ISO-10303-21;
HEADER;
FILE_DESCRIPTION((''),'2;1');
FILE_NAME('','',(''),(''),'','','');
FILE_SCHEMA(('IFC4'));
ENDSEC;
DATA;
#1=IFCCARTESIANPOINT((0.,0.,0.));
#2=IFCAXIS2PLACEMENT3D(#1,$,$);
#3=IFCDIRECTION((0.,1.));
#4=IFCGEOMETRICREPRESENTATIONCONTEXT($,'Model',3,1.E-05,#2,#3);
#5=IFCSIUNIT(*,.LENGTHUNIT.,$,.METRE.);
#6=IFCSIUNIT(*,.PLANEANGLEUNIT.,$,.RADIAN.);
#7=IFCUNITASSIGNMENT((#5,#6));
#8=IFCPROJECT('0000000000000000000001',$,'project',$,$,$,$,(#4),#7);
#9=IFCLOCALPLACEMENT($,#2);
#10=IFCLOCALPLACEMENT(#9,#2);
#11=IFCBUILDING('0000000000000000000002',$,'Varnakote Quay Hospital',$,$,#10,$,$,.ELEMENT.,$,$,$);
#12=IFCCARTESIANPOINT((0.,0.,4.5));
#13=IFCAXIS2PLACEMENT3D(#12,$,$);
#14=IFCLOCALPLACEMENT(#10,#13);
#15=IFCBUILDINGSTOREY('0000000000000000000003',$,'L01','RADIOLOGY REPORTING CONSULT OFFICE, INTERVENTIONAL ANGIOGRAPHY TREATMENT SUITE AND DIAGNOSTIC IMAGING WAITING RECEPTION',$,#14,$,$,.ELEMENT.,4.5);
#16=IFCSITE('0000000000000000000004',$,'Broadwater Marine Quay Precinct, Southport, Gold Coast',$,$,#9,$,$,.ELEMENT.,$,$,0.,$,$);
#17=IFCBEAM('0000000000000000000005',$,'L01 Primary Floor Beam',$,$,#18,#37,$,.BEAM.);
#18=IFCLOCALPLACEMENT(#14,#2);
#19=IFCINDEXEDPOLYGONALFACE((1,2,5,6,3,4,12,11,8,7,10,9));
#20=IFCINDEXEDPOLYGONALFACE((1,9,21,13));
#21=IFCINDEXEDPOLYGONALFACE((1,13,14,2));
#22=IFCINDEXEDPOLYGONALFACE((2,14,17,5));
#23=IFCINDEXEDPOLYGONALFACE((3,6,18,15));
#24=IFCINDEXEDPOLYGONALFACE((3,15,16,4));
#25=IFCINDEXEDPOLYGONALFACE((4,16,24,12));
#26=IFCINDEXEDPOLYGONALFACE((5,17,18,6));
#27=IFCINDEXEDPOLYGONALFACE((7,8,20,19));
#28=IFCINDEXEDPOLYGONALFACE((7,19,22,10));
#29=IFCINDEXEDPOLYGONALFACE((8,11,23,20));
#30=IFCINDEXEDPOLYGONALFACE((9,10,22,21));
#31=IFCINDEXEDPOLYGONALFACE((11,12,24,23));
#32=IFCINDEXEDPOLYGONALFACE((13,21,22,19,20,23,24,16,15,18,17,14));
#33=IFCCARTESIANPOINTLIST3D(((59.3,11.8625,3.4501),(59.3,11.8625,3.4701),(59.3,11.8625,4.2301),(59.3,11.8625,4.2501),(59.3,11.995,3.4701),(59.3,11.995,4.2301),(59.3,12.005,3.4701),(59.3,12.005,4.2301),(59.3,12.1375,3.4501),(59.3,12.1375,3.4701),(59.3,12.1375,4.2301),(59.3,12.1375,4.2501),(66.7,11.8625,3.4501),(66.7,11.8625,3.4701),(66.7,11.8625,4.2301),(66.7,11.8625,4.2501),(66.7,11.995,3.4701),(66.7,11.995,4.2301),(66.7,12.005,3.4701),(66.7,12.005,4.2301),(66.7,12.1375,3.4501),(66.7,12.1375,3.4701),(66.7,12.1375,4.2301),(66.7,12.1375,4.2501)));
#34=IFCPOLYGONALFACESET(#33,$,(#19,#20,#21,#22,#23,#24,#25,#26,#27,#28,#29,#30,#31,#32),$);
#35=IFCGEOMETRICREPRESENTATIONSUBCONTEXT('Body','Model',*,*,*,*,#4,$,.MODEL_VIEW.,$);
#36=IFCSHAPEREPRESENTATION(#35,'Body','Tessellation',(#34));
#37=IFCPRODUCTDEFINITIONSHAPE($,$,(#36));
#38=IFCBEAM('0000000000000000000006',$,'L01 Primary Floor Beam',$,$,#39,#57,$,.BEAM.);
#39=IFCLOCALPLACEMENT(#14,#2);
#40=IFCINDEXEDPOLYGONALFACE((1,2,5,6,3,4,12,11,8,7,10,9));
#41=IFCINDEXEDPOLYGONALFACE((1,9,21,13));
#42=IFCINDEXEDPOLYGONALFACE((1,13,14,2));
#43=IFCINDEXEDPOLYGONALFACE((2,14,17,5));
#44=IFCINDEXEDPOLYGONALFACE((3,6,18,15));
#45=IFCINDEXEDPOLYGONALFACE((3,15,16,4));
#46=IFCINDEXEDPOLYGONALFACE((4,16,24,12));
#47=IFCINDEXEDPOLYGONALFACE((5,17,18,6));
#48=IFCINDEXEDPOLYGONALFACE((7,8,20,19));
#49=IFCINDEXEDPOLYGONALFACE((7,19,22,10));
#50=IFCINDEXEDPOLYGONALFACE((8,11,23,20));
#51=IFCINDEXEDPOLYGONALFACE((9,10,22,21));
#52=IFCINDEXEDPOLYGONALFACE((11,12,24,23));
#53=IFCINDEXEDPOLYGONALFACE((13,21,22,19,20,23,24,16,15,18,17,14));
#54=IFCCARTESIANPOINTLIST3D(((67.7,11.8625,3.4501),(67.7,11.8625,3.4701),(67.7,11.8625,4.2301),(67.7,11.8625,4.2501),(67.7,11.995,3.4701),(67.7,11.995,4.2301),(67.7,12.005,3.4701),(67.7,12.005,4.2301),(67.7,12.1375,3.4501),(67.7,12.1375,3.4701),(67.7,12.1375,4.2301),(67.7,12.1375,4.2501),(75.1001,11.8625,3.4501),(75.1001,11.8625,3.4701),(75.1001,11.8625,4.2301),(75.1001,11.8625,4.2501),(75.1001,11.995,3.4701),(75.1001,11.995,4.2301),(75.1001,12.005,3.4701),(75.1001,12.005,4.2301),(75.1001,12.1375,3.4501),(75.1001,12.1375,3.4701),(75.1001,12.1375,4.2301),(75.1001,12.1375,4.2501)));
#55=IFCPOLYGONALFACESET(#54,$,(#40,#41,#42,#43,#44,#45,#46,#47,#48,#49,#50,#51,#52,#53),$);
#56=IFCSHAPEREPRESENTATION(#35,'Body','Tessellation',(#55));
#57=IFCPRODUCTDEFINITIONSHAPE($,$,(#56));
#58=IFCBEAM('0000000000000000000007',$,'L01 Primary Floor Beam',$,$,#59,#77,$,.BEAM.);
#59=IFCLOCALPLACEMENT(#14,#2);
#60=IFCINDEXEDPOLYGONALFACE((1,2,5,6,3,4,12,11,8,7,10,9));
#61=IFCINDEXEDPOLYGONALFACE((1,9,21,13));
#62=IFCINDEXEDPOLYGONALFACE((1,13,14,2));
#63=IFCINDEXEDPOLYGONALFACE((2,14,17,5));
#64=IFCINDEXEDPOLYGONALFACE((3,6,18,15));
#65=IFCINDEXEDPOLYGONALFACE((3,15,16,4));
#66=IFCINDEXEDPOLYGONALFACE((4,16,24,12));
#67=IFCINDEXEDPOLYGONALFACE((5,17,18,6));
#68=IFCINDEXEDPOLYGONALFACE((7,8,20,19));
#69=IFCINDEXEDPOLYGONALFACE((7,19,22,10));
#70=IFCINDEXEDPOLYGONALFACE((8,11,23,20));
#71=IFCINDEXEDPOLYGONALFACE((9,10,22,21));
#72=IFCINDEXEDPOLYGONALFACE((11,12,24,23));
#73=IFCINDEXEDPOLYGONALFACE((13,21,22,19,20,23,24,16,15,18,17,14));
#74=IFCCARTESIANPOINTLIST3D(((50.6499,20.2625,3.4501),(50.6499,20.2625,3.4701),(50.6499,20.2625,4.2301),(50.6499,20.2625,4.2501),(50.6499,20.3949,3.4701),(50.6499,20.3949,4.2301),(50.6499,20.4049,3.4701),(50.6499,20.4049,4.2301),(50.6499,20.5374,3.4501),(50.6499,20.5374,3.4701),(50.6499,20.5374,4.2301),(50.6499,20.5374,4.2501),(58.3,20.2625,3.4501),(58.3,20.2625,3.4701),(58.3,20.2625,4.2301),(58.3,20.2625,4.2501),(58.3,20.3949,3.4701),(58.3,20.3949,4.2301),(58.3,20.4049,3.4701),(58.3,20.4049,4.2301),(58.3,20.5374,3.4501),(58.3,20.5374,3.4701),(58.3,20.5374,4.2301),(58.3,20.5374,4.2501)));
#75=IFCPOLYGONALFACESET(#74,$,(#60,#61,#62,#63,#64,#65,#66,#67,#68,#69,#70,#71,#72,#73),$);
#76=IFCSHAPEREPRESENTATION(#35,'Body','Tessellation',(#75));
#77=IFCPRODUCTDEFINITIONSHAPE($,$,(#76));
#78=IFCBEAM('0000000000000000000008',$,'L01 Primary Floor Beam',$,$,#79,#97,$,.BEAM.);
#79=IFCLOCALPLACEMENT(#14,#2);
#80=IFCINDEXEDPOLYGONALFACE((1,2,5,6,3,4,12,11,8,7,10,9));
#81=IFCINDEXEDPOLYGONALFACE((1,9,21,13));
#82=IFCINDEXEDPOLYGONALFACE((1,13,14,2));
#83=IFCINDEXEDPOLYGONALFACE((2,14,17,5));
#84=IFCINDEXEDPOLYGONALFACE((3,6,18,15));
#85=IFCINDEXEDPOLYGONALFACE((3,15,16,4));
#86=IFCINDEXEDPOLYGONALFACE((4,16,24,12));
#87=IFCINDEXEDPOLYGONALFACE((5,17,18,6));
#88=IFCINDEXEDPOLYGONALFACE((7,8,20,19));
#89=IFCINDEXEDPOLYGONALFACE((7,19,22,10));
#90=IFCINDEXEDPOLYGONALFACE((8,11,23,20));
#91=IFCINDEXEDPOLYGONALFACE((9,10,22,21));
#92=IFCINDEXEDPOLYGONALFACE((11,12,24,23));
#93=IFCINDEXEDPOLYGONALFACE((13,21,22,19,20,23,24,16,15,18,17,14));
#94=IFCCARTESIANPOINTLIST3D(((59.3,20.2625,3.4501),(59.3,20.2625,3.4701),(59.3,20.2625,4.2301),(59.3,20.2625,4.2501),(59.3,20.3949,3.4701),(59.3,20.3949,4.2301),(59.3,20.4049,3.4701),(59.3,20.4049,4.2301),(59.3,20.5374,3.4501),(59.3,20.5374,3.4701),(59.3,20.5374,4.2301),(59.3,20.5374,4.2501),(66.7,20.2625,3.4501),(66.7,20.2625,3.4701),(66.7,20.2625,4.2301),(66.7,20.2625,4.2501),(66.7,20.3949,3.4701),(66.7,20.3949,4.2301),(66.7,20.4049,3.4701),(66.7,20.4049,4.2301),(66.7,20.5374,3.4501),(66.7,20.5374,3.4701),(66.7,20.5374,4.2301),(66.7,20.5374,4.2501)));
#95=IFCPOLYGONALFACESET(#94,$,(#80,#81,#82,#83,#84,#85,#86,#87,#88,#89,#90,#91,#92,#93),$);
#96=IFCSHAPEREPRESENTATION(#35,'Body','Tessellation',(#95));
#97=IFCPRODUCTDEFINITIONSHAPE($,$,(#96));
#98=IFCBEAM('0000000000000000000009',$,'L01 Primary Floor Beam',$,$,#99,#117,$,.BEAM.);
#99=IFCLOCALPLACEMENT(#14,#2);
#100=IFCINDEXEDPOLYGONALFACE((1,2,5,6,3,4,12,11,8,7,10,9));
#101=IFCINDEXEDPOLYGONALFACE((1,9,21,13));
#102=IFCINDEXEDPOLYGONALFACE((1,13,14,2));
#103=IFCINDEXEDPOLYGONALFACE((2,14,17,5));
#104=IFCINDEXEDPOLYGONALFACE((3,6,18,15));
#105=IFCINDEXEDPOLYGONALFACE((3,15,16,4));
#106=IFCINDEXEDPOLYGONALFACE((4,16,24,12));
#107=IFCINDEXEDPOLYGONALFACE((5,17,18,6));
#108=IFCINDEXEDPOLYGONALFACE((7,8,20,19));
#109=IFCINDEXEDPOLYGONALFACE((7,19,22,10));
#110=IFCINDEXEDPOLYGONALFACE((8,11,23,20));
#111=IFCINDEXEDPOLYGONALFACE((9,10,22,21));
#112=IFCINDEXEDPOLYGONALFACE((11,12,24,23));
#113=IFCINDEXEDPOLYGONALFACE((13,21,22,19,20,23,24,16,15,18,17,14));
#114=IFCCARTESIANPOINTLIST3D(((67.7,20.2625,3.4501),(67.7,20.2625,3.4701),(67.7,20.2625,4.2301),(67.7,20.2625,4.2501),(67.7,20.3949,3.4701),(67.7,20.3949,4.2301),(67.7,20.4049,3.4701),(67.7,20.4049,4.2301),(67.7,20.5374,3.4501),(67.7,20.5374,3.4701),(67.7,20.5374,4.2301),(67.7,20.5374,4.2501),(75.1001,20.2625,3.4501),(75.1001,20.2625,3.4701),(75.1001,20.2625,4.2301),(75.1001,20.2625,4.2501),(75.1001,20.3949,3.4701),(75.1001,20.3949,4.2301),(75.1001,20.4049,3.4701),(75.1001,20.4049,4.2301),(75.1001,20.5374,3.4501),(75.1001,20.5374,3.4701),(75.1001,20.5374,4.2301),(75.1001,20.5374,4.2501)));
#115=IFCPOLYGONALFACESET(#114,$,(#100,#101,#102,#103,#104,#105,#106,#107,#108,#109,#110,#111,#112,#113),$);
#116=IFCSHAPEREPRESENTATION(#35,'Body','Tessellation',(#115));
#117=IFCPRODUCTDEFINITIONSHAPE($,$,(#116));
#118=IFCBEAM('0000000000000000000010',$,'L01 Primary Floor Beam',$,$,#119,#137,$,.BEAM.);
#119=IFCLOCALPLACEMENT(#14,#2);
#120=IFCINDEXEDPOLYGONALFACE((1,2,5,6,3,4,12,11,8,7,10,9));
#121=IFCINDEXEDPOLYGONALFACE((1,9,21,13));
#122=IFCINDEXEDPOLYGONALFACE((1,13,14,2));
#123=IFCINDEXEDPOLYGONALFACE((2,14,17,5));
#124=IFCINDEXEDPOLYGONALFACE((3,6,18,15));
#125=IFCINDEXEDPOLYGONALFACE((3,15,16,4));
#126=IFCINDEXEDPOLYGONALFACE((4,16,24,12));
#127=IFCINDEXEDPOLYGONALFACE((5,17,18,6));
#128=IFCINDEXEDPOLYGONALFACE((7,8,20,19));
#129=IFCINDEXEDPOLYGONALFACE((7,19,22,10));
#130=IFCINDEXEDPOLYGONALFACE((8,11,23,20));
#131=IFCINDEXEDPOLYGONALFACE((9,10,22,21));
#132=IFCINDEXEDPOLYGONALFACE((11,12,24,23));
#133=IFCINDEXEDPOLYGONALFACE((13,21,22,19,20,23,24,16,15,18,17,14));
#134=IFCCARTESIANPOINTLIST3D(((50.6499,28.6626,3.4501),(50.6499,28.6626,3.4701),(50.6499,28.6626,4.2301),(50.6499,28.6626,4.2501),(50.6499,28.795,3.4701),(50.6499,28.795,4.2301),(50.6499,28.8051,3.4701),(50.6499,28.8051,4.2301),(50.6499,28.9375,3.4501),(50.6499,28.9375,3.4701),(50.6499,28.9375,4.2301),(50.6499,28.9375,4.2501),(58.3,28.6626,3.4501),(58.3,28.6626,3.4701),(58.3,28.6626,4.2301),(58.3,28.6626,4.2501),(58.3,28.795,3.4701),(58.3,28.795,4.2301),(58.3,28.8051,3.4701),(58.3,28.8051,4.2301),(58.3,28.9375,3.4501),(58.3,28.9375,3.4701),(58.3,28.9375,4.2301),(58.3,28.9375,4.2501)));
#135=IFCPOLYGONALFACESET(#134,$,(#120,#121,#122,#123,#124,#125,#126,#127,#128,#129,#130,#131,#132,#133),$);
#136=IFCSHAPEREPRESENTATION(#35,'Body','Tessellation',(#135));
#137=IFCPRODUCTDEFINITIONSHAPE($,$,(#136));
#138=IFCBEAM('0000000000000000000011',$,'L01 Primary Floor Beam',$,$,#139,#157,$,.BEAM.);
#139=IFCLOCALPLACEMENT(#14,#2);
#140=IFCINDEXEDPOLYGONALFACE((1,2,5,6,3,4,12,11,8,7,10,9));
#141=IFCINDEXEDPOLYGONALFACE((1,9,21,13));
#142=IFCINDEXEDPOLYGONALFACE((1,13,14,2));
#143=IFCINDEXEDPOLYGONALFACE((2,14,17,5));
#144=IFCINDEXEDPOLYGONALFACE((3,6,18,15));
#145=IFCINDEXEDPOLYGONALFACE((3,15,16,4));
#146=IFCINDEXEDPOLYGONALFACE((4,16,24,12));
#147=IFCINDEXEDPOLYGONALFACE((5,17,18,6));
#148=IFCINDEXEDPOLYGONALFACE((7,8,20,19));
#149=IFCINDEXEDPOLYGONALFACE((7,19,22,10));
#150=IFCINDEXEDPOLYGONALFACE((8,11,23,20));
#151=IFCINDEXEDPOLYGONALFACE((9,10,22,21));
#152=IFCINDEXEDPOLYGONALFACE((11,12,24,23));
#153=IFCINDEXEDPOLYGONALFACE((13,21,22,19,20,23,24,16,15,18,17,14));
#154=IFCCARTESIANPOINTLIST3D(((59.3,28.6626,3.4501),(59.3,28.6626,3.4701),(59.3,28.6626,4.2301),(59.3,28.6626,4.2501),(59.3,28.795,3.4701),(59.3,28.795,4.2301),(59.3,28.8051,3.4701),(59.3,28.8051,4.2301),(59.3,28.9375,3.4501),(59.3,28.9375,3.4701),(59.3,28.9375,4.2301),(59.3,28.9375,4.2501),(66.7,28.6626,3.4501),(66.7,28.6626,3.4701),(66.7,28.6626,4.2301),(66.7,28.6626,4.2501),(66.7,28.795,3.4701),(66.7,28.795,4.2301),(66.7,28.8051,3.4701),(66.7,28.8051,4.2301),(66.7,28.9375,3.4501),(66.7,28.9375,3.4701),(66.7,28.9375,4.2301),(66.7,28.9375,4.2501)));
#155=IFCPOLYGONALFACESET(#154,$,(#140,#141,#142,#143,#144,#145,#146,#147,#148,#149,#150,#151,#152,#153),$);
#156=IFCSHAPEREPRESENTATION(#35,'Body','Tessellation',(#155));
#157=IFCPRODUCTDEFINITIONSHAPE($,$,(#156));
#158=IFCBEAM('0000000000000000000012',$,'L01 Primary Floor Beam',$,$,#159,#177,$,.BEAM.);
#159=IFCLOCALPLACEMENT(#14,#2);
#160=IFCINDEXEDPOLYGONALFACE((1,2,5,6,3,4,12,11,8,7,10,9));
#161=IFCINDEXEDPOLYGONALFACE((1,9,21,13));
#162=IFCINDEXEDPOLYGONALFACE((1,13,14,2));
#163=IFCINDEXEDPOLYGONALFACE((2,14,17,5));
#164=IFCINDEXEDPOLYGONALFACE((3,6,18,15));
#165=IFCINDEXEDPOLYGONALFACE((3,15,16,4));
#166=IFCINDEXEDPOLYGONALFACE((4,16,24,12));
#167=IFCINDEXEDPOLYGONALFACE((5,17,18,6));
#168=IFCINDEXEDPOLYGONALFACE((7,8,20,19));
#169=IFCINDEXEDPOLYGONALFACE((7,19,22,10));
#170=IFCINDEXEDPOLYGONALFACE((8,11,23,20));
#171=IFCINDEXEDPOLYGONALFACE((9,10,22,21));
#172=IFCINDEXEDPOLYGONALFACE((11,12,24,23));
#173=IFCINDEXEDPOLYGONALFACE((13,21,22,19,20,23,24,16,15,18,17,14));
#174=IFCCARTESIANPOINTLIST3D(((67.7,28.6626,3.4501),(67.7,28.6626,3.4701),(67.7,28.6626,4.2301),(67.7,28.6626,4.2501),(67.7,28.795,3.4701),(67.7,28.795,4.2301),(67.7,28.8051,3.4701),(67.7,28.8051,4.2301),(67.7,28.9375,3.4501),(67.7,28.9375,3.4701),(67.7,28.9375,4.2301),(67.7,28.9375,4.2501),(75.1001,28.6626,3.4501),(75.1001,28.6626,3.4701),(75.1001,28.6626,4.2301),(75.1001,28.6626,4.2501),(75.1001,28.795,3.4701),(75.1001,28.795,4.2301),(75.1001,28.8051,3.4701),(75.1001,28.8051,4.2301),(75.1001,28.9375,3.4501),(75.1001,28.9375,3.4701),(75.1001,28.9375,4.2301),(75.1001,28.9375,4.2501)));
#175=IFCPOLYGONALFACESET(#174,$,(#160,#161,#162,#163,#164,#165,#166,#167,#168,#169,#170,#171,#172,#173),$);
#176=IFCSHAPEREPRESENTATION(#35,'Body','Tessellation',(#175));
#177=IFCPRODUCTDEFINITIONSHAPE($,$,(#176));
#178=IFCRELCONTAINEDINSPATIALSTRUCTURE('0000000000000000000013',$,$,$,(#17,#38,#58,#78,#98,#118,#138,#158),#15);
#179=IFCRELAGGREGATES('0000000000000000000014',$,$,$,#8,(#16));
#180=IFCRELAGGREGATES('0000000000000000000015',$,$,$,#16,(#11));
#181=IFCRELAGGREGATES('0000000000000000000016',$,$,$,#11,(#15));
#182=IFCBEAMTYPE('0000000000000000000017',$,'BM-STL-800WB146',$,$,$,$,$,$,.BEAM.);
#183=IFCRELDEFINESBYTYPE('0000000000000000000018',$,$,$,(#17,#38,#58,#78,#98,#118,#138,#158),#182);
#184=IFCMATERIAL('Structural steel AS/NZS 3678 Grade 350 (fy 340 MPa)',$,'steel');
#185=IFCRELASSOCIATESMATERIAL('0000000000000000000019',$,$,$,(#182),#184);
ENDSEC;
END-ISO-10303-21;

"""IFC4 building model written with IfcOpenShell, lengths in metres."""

from ifc_helpers import new_model, si_unit, direction, frame, origin, origin_2d, place, context, subcontext, project, spatial, i_section, extrude, material, material_profile, profile_set, type_object, element, save


model = new_model("IFC4")

# Units and contexts
model_context = context("Model", 3, precision=1e-05, world=origin(), true_north=direction((0.0, 1.0)))
body_context = subcontext(model_context, "Body", "Model", "MODEL_VIEW")
ifc_project = project(units=[si_unit("LENGTHUNIT", "METRE"), si_unit("PLANEANGLEUNIT", "RADIAN")], contexts=[model_context])

# Site, building, storey
site_placement = place(None, origin())
site = spatial("IfcSite", under=ifc_project, at=site_placement, Name="Broadwater Marine Quay Precinct, Southport, Gold Coast", CompositionType="ELEMENT", RefElevation=0.0)
building_placement = place(site_placement, origin())
building = spatial("IfcBuilding", under=site, at=building_placement, Name="Varnakote Quay Hospital", CompositionType="ELEMENT")
storey_placement = place(building_placement, frame((0.0, 0.0, 4.5)))
storey = spatial("IfcBuildingStorey", under=building, at=storey_placement, Name="L01", Description="RADIOLOGY REPORTING CONSULT OFFICE, INTERVENTIONAL ANGIOGRAPHY TREATMENT SUITE AND DIAGNOSTIC IMAGING WAITING RECEPTION", CompositionType="ELEMENT", Elevation=4.5)

# Beams
ifc_material_1 = material(Name="Structural steel AS/NZS 3678 Grade 350 (fy 340 MPa)", Category="steel")
ifc_material_profile_1 = material_profile(ifc_material_1, i_section(OverallWidth=0.2749, OverallDepth=0.8, WebThickness=0.01, FlangeThickness=0.02, at=origin_2d()), Name="800WB146")
ifc_profile_set_1 = profile_set([ifc_material_profile_1], Name="Structural steel AS/NZS 3678 Grade 350 (fy 340 MPa)")
beam_type_1 = type_object("IfcBeamType", Name="BM-STL-800WB146", PredefinedType="BEAM", material=ifc_profile_set_1)
beam_1_placement = place(storey_placement, frame((59.3, 12.0, 3.8501), z_axis=(1.0, 0.0, 0.0), x_axis=(0.0, 1.0, 0.0)))
element("IfcBeam", 1, at=beam_1_placement, inside=storey, type_object=beam_type_1, Name="L01 Primary Floor Beam", PredefinedType="BEAM", context=body_context, shape_type="SweptSolid", body=[
    extrude(i_section(OverallWidth=0.2749, OverallDepth=0.8, WebThickness=0.01, FlangeThickness=0.02, at=origin_2d()), origin(), (0.0, 0.0, 1.0), 7.3999),
])
beam_2_placement = place(storey_placement, frame((67.7, 12.0, 3.8501), z_axis=(1.0, 0.0, 0.0), x_axis=(0.0, 1.0, 0.0)))
element("IfcBeam", 2, at=beam_2_placement, inside=storey, type_object=beam_type_1, Name="L01 Primary Floor Beam", PredefinedType="BEAM", context=body_context, shape_type="SweptSolid", body=[
    extrude(i_section(OverallWidth=0.2749, OverallDepth=0.8, WebThickness=0.01, FlangeThickness=0.02, at=origin_2d()), origin(), (0.0, 0.0, 1.0), 7.4001),
])
beam_3_placement = place(storey_placement, frame((50.6499, 20.3999, 3.8501), z_axis=(1.0, 0.0, 0.0), x_axis=(0.0, 1.0, 0.0)))
element("IfcBeam", 3, at=beam_3_placement, inside=storey, type_object=beam_type_1, Name="L01 Primary Floor Beam", PredefinedType="BEAM", context=body_context, shape_type="SweptSolid", body=[
    extrude(i_section(OverallWidth=0.2749, OverallDepth=0.8, WebThickness=0.01, FlangeThickness=0.02, at=origin_2d()), origin(), (0.0, 0.0, 1.0), 7.6501),
])
beam_4_placement = place(storey_placement, frame((59.3, 20.3999, 3.8501), z_axis=(1.0, 0.0, 0.0), x_axis=(0.0, 1.0, 0.0)))
element("IfcBeam", 4, at=beam_4_placement, inside=storey, type_object=beam_type_1, Name="L01 Primary Floor Beam", PredefinedType="BEAM", context=body_context, shape_type="SweptSolid", body=[
    extrude(i_section(OverallWidth=0.2749, OverallDepth=0.8, WebThickness=0.01, FlangeThickness=0.02, at=origin_2d()), origin(), (0.0, 0.0, 1.0), 7.3999),
])
beam_5_placement = place(storey_placement, frame((67.7, 20.3999, 3.8501), z_axis=(1.0, 0.0, 0.0), x_axis=(0.0, 1.0, 0.0)))
element("IfcBeam", 5, at=beam_5_placement, inside=storey, type_object=beam_type_1, Name="L01 Primary Floor Beam", PredefinedType="BEAM", context=body_context, shape_type="SweptSolid", body=[
    extrude(i_section(OverallWidth=0.2749, OverallDepth=0.8, WebThickness=0.01, FlangeThickness=0.02, at=origin_2d()), origin(), (0.0, 0.0, 1.0), 7.4001),
])
beam_6_placement = place(storey_placement, frame((50.6499, 28.8, 3.8501), z_axis=(1.0, 0.0, 0.0), x_axis=(0.0, 1.0, 0.0)))
element("IfcBeam", 6, at=beam_6_placement, inside=storey, type_object=beam_type_1, Name="L01 Primary Floor Beam", PredefinedType="BEAM", context=body_context, shape_type="SweptSolid", body=[
    extrude(i_section(OverallWidth=0.2749, OverallDepth=0.8, WebThickness=0.01, FlangeThickness=0.02, at=origin_2d()), origin(), (0.0, 0.0, 1.0), 7.6501),
])
beam_7_placement = place(storey_placement, frame((59.3, 28.8, 3.8501), z_axis=(1.0, 0.0, 0.0), x_axis=(0.0, 1.0, 0.0)))
element("IfcBeam", 7, at=beam_7_placement, inside=storey, type_object=beam_type_1, Name="L01 Primary Floor Beam", PredefinedType="BEAM", context=body_context, shape_type="SweptSolid", body=[
    extrude(i_section(OverallWidth=0.2749, OverallDepth=0.8, WebThickness=0.01, FlangeThickness=0.02, at=origin_2d()), origin(), (0.0, 0.0, 1.0), 7.3999),
])
beam_8_placement = place(storey_placement, frame((67.7, 28.8, 3.8501), z_axis=(1.0, 0.0, 0.0), x_axis=(0.0, 1.0, 0.0)))
element("IfcBeam", 8, at=beam_8_placement, inside=storey, type_object=beam_type_1, Name="L01 Primary Floor Beam", PredefinedType="BEAM", context=body_context, shape_type="SweptSolid", body=[
    extrude(i_section(OverallWidth=0.2749, OverallDepth=0.8, WebThickness=0.01, FlangeThickness=0.02, at=origin_2d()), origin(), (0.0, 0.0, 1.0), 7.4001),
])

save(model, "model.ifc")
